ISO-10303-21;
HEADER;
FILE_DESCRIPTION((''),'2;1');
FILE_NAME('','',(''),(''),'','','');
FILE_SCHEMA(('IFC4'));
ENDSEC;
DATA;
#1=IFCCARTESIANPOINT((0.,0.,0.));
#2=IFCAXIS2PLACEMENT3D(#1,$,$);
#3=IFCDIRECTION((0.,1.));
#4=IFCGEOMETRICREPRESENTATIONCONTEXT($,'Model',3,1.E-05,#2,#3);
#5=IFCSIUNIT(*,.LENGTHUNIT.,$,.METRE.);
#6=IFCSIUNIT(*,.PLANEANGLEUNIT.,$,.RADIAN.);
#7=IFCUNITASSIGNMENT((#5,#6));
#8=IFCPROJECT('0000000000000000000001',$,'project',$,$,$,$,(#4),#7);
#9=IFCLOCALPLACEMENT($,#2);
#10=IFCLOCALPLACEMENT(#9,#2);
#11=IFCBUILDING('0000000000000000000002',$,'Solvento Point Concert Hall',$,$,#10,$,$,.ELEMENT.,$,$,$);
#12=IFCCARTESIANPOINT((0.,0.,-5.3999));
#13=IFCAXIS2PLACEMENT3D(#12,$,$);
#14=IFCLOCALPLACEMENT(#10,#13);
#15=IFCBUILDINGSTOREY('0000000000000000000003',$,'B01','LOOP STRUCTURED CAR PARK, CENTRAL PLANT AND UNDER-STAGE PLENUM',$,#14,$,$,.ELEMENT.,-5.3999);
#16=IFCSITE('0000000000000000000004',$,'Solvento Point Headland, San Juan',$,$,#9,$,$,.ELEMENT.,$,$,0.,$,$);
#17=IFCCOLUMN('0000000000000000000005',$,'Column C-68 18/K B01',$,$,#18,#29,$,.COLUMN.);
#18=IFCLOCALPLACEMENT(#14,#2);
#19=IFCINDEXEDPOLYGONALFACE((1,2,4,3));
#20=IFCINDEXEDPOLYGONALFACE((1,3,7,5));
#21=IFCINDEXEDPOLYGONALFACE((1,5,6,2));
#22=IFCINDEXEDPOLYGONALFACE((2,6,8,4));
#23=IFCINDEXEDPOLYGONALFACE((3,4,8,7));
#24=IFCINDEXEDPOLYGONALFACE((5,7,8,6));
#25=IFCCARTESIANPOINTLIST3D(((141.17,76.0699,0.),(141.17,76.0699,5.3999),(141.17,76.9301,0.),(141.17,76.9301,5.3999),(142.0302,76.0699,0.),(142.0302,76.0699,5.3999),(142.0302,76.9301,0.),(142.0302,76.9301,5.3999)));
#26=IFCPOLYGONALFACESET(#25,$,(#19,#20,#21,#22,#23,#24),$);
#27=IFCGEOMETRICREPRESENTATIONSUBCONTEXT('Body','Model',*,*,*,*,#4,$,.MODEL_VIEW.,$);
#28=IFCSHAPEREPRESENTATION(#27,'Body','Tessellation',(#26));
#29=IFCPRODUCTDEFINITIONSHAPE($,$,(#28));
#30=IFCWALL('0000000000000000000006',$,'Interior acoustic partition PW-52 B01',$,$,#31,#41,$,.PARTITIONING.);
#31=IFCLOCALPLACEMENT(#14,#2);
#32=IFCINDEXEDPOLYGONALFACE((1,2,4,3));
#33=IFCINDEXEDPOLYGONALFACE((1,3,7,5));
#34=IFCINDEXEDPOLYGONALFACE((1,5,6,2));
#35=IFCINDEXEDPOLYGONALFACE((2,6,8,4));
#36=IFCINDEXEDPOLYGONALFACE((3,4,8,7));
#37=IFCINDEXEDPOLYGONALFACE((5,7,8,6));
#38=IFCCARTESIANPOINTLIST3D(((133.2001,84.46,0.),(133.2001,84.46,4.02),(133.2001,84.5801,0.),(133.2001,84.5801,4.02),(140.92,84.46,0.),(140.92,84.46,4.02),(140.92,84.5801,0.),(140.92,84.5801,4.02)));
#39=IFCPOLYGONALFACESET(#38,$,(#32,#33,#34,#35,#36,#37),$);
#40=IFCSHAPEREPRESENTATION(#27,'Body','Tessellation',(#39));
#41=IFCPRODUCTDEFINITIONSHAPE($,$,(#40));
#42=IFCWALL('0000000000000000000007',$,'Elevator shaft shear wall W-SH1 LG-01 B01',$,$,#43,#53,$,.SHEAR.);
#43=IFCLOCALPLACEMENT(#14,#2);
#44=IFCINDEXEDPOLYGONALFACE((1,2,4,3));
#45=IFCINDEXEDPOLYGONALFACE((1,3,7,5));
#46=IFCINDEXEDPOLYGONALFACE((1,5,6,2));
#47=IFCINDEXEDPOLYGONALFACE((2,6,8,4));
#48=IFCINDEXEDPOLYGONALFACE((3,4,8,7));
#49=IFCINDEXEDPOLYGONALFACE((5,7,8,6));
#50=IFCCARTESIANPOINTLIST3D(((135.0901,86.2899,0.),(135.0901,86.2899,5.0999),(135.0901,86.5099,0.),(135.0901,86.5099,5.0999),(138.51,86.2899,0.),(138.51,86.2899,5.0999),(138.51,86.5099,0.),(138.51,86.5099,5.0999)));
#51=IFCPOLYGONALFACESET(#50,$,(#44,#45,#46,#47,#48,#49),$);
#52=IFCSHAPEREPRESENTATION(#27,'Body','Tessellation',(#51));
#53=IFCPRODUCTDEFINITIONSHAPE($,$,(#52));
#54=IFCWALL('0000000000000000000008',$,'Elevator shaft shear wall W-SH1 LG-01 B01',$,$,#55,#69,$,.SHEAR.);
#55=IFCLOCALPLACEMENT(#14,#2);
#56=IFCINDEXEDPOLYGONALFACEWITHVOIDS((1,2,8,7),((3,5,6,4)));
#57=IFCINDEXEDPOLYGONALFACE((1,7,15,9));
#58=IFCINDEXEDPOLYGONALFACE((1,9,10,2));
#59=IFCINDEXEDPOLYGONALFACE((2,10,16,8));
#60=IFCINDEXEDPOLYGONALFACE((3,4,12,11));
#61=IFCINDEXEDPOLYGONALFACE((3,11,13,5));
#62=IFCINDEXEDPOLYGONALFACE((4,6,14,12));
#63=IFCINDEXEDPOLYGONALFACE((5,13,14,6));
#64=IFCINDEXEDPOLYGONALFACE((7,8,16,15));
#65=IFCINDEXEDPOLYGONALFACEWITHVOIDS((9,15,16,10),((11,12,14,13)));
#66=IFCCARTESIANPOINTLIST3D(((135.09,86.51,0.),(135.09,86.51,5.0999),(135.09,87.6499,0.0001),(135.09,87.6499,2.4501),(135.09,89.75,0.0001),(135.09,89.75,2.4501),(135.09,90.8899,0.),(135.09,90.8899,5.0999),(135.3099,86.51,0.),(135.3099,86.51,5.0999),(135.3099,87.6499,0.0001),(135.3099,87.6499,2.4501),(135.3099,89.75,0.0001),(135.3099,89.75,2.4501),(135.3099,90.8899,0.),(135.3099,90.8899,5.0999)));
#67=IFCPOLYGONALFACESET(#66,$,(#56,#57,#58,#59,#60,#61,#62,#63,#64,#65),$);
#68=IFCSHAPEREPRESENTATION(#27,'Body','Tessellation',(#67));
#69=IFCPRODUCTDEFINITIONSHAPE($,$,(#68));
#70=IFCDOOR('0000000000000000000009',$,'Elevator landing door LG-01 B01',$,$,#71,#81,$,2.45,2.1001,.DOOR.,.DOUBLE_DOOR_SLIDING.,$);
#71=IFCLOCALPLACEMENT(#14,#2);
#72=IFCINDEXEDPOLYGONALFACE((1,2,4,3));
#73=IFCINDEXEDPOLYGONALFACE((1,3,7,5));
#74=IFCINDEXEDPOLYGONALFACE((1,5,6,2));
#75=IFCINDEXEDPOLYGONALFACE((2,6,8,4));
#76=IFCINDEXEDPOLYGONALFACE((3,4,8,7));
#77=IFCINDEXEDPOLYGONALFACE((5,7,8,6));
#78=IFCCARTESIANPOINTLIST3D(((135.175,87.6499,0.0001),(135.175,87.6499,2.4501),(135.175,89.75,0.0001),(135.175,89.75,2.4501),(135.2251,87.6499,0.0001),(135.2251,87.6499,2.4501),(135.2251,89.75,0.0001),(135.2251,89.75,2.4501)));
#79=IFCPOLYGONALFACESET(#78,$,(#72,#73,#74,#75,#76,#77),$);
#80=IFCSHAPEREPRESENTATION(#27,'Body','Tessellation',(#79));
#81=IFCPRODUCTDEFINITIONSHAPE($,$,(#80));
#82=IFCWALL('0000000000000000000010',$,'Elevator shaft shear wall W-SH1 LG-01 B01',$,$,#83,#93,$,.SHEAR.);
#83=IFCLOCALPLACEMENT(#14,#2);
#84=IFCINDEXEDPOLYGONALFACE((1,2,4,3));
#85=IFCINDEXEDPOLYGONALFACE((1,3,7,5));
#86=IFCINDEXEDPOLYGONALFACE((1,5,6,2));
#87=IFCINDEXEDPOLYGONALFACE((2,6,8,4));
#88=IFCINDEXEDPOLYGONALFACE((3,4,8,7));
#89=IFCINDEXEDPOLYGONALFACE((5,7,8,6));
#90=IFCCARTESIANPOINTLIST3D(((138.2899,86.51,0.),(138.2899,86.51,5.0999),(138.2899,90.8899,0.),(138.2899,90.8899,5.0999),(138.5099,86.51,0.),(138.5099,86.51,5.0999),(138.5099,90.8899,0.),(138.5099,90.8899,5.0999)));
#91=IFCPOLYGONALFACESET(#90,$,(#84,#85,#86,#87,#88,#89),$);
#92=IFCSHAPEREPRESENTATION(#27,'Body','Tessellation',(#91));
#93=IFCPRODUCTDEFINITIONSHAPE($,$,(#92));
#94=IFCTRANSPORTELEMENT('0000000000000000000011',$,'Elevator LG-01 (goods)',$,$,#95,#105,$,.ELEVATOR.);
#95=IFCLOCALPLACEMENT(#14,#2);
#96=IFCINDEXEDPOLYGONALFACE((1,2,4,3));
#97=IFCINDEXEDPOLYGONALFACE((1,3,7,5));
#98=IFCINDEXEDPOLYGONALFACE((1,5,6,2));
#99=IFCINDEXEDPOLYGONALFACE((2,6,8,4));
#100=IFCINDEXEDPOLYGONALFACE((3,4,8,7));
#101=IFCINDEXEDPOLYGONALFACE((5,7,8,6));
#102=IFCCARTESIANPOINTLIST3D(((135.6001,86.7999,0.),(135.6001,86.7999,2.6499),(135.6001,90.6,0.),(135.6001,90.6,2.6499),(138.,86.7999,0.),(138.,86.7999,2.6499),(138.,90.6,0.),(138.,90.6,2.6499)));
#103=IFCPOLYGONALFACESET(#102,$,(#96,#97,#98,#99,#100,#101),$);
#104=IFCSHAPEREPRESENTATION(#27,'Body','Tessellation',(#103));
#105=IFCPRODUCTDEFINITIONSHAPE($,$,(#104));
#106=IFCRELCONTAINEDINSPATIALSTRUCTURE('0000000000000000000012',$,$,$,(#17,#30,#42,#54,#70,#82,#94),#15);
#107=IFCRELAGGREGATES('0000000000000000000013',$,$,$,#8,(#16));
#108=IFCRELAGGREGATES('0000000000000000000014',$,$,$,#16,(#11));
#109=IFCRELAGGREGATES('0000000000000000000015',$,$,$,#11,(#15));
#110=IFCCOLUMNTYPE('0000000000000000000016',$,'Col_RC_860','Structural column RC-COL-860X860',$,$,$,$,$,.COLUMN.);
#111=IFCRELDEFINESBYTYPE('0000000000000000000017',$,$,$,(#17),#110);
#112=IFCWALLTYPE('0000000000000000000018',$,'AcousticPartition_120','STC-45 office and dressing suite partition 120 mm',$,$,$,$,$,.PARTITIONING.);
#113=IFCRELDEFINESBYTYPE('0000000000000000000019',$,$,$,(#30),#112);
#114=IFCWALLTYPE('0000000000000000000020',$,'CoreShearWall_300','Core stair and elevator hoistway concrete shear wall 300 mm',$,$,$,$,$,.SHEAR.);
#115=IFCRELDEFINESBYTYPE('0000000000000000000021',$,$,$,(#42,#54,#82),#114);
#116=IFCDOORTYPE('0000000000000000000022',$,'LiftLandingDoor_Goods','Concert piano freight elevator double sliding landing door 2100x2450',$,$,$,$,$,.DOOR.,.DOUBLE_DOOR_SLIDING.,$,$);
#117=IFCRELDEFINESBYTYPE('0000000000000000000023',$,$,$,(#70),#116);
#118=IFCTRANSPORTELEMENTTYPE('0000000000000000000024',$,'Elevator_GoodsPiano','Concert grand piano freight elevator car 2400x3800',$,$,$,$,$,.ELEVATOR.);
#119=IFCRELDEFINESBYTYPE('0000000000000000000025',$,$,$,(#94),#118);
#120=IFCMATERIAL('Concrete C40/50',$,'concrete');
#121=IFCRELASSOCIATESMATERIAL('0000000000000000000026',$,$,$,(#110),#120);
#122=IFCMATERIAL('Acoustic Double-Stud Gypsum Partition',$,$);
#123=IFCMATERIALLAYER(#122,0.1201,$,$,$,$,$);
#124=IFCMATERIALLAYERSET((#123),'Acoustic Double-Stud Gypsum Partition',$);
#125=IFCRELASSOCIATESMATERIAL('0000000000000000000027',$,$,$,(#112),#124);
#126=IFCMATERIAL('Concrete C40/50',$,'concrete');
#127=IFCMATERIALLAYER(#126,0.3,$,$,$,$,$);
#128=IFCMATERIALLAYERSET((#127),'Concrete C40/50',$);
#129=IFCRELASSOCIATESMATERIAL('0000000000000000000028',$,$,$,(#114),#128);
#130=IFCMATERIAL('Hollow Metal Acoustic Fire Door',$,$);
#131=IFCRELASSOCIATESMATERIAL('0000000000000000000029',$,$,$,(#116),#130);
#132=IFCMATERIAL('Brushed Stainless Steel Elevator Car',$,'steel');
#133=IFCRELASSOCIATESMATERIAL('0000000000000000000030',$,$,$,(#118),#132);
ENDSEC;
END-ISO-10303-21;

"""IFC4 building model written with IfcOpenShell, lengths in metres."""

from ifc_helpers import new_model, si_unit, direction, frame, frame_2d, origin, origin_2d, place, context, subcontext, project, spatial, rectangle, extrude, material, layer, layer_set, material_profile, profile_set, type_object, element, fill, save


model = new_model("IFC4")

# Units and contexts
model_context = context("Model", 3, precision=1e-05, world=origin(), true_north=direction((0.0, 1.0)))
body_context = subcontext(model_context, "Body", "Model", "MODEL_VIEW")
ifc_project = project(units=[si_unit("LENGTHUNIT", "METRE"), si_unit("PLANEANGLEUNIT", "RADIAN")], contexts=[model_context])

# Site, building, storey
site_placement = place(None, origin())
site = spatial("IfcSite", under=ifc_project, at=site_placement, Name="Solvento Point Headland, San Juan", CompositionType="ELEMENT", RefElevation=0.0)
building_placement = place(site_placement, origin())
building = spatial("IfcBuilding", under=site, at=building_placement, Name="Solvento Point Concert Hall", CompositionType="ELEMENT")
storey_placement = place(building_placement, frame((0.0, 0.0, -5.3999)))
storey = spatial("IfcBuildingStorey", under=building, at=storey_placement, Name="B01", Description="LOOP STRUCTURED CAR PARK, CENTRAL PLANT AND UNDER-STAGE PLENUM", CompositionType="ELEMENT", Elevation=-5.3999)

# Column
ifc_material_1 = material(Name="Concrete C40/50", Category="concrete")
ifc_material_profile_1 = material_profile(ifc_material_1, rectangle(XDim=0.8601, YDim=0.8601, at=origin_2d()), Name="RC-COL-860X860")
ifc_profile_set_1 = profile_set([ifc_material_profile_1], Name="Concrete C40/50")
column_type_1 = type_object("IfcColumnType", Name="Col_RC_860", Description="Structural column RC-COL-860X860", PredefinedType="COLUMN", material=ifc_profile_set_1)
column_1_placement = place(storey_placement, frame((141.6001, 76.5, 0.0), z_axis=(0.0, 0.0, 1.0), x_axis=(1.0, 0.0, 0.0)))
element("IfcColumn", 1, at=column_1_placement, inside=storey, type_object=column_type_1, Name="Column C-68 18/K B01", PredefinedType="COLUMN", context=body_context, shape_type="SweptSolid", body=[
    extrude(rectangle(XDim=0.8601, YDim=0.8601, at=origin_2d()), origin(), (0.0, 0.0, 1.0), 5.3999),
])

# Walls
ifc_material_2 = material(Name="Acoustic Double-Stud Gypsum Partition")
ifc_layer_1 = layer(ifc_material_2, 0.1201)
ifc_layer_set_1 = layer_set([ifc_layer_1], Name="Acoustic Double-Stud Gypsum Partition")
wall_type_1 = type_object("IfcWallType", Name="AcousticPartition_120", Description="STC-45 office and dressing suite partition 120 mm", PredefinedType="PARTITIONING", material=ifc_layer_set_1)
wall_1_placement = place(storey_placement, frame((140.9199, 84.52, 0.0), z_axis=(0.0, 0.0, 1.0), x_axis=(-1.0, 0.0, 0.0)))
element("IfcWall", 2, at=wall_1_placement, inside=storey, type_object=wall_type_1, Name="Interior acoustic partition PW-52 B01", PredefinedType="PARTITIONING", context=body_context, shape_type="SweptSolid", body=[
    extrude(rectangle(XDim=7.72, YDim=0.1201, at=frame_2d((3.8599, 0.0))), origin(), (0.0, 0.0, 1.0), 4.02),
])
ifc_material_3 = material(Name="Concrete C40/50", Category="concrete")
ifc_layer_2 = layer(ifc_material_3, 0.3)
ifc_layer_set_2 = layer_set([ifc_layer_2], Name="Concrete C40/50")
wall_type_2 = type_object("IfcWallType", Name="CoreShearWall_300", Description="Core stair and elevator hoistway concrete shear wall 300 mm", PredefinedType="SHEAR", material=ifc_layer_set_2)
wall_2_placement = place(storey_placement, frame((135.0901, 86.3999, 0.0), z_axis=(0.0, 0.0, 1.0), x_axis=(1.0, 0.0, 0.0)))
element("IfcWall", 3, at=wall_2_placement, inside=storey, type_object=wall_type_2, Name="Elevator shaft shear wall W-SH1 LG-01 B01", PredefinedType="SHEAR", context=body_context, shape_type="SweptSolid", body=[
    extrude(rectangle(XDim=3.4199, YDim=0.22, at=frame_2d((1.71, 0.0))), origin(), (0.0, 0.0, 1.0), 5.0999),
])

# Wall, opening, door
wall_3_placement = place(storey_placement, frame((135.2, 86.51, 0.0), z_axis=(0.0, 0.0, 1.0), x_axis=(0.0, 1.0, 0.0)))
wall_3 = element("IfcWall", 4, at=wall_3_placement, inside=storey, type_object=wall_type_2, Name="Elevator shaft shear wall W-SH1 LG-01 B01", PredefinedType="SHEAR", context=body_context, shape_type="SweptSolid", body=[
    extrude(rectangle(XDim=4.3799, YDim=0.22, at=frame_2d((2.1899, 0.0))), origin(), (0.0, 0.0, 1.0), 5.0999),
])
opening_placement = place(wall_3_placement, frame((1.1399, 0.0, 0.0)))
opening = element("IfcOpeningElement", 5, at=opening_placement, cuts=wall_3, PredefinedType="OPENING", context=body_context, shape_type="SweptSolid", body=[
    extrude(rectangle(XDim=2.1001, YDim=2.45, at=frame_2d((1.05, 1.2251))), frame((0.0, 0.1199, 0.0), z_axis=(0.0, -1.0, 0.0), x_axis=(1.0, 0.0, 0.0)), (0.0, 0.0, 1.0), 0.24),
])
ifc_material_4 = material(Name="Hollow Metal Acoustic Fire Door")
door_type = type_object("IfcDoorType", Name="LiftLandingDoor_Goods", Description="Concert piano freight elevator double sliding landing door 2100x2450", OperationType="DOUBLE_DOOR_SLIDING", PredefinedType="DOOR", material=ifc_material_4)
door_placement = place(opening_placement, origin())
door = element("IfcDoor", 6, at=door_placement, inside=storey, type_object=door_type, Name="Elevator landing door LG-01 B01", OperationType="DOUBLE_DOOR_SLIDING", OverallHeight=2.45, OverallWidth=2.1001, PredefinedType="DOOR", context=body_context, shape_type="SweptSolid", body=[
    extrude(rectangle(XDim=2.1001, YDim=2.45, at=frame_2d((1.05, 1.2251))), frame((0.0, 0.0249, 0.0), z_axis=(0.0, -1.0, 0.0), x_axis=(1.0, 0.0, 0.0)), (0.0, 0.0, 1.0), 0.05),
])
fill(opening, door)

# Wall
wall_4_placement = place(storey_placement, frame((138.3999, 86.51, 0.0), z_axis=(0.0, 0.0, 1.0), x_axis=(0.0, 1.0, 0.0)))
element("IfcWall", 7, at=wall_4_placement, inside=storey, type_object=wall_type_2, Name="Elevator shaft shear wall W-SH1 LG-01 B01", PredefinedType="SHEAR", context=body_context, shape_type="SweptSolid", body=[
    extrude(rectangle(XDim=4.3799, YDim=0.22, at=frame_2d((2.1899, 0.0))), origin(), (0.0, 0.0, 1.0), 5.0999),
])

# Transport element
ifc_material_5 = material(Name="Brushed Stainless Steel Elevator Car", Category="steel")
transport_element_type = type_object("IfcTransportElementType", Name="Elevator_GoodsPiano", Description="Concert grand piano freight elevator car 2400x3800", PredefinedType="ELEVATOR", material=ifc_material_5)
transport_element_placement = place(storey_placement, frame((136.8, 88.7, 0.0), z_axis=(0.0, 0.0, 1.0), x_axis=(1.0, 0.0, 0.0)))
element("IfcTransportElement", 8, at=transport_element_placement, inside=storey, type_object=transport_element_type, Name="Elevator LG-01 (goods)", PredefinedType="ELEVATOR", context=body_context, shape_type="SweptSolid", body=[
    extrude(rectangle(XDim=2.3999, YDim=3.8, at=origin_2d()), origin(), (0.0, 0.0, 1.0), 2.6499),
])

save(model, "model.ifc")
